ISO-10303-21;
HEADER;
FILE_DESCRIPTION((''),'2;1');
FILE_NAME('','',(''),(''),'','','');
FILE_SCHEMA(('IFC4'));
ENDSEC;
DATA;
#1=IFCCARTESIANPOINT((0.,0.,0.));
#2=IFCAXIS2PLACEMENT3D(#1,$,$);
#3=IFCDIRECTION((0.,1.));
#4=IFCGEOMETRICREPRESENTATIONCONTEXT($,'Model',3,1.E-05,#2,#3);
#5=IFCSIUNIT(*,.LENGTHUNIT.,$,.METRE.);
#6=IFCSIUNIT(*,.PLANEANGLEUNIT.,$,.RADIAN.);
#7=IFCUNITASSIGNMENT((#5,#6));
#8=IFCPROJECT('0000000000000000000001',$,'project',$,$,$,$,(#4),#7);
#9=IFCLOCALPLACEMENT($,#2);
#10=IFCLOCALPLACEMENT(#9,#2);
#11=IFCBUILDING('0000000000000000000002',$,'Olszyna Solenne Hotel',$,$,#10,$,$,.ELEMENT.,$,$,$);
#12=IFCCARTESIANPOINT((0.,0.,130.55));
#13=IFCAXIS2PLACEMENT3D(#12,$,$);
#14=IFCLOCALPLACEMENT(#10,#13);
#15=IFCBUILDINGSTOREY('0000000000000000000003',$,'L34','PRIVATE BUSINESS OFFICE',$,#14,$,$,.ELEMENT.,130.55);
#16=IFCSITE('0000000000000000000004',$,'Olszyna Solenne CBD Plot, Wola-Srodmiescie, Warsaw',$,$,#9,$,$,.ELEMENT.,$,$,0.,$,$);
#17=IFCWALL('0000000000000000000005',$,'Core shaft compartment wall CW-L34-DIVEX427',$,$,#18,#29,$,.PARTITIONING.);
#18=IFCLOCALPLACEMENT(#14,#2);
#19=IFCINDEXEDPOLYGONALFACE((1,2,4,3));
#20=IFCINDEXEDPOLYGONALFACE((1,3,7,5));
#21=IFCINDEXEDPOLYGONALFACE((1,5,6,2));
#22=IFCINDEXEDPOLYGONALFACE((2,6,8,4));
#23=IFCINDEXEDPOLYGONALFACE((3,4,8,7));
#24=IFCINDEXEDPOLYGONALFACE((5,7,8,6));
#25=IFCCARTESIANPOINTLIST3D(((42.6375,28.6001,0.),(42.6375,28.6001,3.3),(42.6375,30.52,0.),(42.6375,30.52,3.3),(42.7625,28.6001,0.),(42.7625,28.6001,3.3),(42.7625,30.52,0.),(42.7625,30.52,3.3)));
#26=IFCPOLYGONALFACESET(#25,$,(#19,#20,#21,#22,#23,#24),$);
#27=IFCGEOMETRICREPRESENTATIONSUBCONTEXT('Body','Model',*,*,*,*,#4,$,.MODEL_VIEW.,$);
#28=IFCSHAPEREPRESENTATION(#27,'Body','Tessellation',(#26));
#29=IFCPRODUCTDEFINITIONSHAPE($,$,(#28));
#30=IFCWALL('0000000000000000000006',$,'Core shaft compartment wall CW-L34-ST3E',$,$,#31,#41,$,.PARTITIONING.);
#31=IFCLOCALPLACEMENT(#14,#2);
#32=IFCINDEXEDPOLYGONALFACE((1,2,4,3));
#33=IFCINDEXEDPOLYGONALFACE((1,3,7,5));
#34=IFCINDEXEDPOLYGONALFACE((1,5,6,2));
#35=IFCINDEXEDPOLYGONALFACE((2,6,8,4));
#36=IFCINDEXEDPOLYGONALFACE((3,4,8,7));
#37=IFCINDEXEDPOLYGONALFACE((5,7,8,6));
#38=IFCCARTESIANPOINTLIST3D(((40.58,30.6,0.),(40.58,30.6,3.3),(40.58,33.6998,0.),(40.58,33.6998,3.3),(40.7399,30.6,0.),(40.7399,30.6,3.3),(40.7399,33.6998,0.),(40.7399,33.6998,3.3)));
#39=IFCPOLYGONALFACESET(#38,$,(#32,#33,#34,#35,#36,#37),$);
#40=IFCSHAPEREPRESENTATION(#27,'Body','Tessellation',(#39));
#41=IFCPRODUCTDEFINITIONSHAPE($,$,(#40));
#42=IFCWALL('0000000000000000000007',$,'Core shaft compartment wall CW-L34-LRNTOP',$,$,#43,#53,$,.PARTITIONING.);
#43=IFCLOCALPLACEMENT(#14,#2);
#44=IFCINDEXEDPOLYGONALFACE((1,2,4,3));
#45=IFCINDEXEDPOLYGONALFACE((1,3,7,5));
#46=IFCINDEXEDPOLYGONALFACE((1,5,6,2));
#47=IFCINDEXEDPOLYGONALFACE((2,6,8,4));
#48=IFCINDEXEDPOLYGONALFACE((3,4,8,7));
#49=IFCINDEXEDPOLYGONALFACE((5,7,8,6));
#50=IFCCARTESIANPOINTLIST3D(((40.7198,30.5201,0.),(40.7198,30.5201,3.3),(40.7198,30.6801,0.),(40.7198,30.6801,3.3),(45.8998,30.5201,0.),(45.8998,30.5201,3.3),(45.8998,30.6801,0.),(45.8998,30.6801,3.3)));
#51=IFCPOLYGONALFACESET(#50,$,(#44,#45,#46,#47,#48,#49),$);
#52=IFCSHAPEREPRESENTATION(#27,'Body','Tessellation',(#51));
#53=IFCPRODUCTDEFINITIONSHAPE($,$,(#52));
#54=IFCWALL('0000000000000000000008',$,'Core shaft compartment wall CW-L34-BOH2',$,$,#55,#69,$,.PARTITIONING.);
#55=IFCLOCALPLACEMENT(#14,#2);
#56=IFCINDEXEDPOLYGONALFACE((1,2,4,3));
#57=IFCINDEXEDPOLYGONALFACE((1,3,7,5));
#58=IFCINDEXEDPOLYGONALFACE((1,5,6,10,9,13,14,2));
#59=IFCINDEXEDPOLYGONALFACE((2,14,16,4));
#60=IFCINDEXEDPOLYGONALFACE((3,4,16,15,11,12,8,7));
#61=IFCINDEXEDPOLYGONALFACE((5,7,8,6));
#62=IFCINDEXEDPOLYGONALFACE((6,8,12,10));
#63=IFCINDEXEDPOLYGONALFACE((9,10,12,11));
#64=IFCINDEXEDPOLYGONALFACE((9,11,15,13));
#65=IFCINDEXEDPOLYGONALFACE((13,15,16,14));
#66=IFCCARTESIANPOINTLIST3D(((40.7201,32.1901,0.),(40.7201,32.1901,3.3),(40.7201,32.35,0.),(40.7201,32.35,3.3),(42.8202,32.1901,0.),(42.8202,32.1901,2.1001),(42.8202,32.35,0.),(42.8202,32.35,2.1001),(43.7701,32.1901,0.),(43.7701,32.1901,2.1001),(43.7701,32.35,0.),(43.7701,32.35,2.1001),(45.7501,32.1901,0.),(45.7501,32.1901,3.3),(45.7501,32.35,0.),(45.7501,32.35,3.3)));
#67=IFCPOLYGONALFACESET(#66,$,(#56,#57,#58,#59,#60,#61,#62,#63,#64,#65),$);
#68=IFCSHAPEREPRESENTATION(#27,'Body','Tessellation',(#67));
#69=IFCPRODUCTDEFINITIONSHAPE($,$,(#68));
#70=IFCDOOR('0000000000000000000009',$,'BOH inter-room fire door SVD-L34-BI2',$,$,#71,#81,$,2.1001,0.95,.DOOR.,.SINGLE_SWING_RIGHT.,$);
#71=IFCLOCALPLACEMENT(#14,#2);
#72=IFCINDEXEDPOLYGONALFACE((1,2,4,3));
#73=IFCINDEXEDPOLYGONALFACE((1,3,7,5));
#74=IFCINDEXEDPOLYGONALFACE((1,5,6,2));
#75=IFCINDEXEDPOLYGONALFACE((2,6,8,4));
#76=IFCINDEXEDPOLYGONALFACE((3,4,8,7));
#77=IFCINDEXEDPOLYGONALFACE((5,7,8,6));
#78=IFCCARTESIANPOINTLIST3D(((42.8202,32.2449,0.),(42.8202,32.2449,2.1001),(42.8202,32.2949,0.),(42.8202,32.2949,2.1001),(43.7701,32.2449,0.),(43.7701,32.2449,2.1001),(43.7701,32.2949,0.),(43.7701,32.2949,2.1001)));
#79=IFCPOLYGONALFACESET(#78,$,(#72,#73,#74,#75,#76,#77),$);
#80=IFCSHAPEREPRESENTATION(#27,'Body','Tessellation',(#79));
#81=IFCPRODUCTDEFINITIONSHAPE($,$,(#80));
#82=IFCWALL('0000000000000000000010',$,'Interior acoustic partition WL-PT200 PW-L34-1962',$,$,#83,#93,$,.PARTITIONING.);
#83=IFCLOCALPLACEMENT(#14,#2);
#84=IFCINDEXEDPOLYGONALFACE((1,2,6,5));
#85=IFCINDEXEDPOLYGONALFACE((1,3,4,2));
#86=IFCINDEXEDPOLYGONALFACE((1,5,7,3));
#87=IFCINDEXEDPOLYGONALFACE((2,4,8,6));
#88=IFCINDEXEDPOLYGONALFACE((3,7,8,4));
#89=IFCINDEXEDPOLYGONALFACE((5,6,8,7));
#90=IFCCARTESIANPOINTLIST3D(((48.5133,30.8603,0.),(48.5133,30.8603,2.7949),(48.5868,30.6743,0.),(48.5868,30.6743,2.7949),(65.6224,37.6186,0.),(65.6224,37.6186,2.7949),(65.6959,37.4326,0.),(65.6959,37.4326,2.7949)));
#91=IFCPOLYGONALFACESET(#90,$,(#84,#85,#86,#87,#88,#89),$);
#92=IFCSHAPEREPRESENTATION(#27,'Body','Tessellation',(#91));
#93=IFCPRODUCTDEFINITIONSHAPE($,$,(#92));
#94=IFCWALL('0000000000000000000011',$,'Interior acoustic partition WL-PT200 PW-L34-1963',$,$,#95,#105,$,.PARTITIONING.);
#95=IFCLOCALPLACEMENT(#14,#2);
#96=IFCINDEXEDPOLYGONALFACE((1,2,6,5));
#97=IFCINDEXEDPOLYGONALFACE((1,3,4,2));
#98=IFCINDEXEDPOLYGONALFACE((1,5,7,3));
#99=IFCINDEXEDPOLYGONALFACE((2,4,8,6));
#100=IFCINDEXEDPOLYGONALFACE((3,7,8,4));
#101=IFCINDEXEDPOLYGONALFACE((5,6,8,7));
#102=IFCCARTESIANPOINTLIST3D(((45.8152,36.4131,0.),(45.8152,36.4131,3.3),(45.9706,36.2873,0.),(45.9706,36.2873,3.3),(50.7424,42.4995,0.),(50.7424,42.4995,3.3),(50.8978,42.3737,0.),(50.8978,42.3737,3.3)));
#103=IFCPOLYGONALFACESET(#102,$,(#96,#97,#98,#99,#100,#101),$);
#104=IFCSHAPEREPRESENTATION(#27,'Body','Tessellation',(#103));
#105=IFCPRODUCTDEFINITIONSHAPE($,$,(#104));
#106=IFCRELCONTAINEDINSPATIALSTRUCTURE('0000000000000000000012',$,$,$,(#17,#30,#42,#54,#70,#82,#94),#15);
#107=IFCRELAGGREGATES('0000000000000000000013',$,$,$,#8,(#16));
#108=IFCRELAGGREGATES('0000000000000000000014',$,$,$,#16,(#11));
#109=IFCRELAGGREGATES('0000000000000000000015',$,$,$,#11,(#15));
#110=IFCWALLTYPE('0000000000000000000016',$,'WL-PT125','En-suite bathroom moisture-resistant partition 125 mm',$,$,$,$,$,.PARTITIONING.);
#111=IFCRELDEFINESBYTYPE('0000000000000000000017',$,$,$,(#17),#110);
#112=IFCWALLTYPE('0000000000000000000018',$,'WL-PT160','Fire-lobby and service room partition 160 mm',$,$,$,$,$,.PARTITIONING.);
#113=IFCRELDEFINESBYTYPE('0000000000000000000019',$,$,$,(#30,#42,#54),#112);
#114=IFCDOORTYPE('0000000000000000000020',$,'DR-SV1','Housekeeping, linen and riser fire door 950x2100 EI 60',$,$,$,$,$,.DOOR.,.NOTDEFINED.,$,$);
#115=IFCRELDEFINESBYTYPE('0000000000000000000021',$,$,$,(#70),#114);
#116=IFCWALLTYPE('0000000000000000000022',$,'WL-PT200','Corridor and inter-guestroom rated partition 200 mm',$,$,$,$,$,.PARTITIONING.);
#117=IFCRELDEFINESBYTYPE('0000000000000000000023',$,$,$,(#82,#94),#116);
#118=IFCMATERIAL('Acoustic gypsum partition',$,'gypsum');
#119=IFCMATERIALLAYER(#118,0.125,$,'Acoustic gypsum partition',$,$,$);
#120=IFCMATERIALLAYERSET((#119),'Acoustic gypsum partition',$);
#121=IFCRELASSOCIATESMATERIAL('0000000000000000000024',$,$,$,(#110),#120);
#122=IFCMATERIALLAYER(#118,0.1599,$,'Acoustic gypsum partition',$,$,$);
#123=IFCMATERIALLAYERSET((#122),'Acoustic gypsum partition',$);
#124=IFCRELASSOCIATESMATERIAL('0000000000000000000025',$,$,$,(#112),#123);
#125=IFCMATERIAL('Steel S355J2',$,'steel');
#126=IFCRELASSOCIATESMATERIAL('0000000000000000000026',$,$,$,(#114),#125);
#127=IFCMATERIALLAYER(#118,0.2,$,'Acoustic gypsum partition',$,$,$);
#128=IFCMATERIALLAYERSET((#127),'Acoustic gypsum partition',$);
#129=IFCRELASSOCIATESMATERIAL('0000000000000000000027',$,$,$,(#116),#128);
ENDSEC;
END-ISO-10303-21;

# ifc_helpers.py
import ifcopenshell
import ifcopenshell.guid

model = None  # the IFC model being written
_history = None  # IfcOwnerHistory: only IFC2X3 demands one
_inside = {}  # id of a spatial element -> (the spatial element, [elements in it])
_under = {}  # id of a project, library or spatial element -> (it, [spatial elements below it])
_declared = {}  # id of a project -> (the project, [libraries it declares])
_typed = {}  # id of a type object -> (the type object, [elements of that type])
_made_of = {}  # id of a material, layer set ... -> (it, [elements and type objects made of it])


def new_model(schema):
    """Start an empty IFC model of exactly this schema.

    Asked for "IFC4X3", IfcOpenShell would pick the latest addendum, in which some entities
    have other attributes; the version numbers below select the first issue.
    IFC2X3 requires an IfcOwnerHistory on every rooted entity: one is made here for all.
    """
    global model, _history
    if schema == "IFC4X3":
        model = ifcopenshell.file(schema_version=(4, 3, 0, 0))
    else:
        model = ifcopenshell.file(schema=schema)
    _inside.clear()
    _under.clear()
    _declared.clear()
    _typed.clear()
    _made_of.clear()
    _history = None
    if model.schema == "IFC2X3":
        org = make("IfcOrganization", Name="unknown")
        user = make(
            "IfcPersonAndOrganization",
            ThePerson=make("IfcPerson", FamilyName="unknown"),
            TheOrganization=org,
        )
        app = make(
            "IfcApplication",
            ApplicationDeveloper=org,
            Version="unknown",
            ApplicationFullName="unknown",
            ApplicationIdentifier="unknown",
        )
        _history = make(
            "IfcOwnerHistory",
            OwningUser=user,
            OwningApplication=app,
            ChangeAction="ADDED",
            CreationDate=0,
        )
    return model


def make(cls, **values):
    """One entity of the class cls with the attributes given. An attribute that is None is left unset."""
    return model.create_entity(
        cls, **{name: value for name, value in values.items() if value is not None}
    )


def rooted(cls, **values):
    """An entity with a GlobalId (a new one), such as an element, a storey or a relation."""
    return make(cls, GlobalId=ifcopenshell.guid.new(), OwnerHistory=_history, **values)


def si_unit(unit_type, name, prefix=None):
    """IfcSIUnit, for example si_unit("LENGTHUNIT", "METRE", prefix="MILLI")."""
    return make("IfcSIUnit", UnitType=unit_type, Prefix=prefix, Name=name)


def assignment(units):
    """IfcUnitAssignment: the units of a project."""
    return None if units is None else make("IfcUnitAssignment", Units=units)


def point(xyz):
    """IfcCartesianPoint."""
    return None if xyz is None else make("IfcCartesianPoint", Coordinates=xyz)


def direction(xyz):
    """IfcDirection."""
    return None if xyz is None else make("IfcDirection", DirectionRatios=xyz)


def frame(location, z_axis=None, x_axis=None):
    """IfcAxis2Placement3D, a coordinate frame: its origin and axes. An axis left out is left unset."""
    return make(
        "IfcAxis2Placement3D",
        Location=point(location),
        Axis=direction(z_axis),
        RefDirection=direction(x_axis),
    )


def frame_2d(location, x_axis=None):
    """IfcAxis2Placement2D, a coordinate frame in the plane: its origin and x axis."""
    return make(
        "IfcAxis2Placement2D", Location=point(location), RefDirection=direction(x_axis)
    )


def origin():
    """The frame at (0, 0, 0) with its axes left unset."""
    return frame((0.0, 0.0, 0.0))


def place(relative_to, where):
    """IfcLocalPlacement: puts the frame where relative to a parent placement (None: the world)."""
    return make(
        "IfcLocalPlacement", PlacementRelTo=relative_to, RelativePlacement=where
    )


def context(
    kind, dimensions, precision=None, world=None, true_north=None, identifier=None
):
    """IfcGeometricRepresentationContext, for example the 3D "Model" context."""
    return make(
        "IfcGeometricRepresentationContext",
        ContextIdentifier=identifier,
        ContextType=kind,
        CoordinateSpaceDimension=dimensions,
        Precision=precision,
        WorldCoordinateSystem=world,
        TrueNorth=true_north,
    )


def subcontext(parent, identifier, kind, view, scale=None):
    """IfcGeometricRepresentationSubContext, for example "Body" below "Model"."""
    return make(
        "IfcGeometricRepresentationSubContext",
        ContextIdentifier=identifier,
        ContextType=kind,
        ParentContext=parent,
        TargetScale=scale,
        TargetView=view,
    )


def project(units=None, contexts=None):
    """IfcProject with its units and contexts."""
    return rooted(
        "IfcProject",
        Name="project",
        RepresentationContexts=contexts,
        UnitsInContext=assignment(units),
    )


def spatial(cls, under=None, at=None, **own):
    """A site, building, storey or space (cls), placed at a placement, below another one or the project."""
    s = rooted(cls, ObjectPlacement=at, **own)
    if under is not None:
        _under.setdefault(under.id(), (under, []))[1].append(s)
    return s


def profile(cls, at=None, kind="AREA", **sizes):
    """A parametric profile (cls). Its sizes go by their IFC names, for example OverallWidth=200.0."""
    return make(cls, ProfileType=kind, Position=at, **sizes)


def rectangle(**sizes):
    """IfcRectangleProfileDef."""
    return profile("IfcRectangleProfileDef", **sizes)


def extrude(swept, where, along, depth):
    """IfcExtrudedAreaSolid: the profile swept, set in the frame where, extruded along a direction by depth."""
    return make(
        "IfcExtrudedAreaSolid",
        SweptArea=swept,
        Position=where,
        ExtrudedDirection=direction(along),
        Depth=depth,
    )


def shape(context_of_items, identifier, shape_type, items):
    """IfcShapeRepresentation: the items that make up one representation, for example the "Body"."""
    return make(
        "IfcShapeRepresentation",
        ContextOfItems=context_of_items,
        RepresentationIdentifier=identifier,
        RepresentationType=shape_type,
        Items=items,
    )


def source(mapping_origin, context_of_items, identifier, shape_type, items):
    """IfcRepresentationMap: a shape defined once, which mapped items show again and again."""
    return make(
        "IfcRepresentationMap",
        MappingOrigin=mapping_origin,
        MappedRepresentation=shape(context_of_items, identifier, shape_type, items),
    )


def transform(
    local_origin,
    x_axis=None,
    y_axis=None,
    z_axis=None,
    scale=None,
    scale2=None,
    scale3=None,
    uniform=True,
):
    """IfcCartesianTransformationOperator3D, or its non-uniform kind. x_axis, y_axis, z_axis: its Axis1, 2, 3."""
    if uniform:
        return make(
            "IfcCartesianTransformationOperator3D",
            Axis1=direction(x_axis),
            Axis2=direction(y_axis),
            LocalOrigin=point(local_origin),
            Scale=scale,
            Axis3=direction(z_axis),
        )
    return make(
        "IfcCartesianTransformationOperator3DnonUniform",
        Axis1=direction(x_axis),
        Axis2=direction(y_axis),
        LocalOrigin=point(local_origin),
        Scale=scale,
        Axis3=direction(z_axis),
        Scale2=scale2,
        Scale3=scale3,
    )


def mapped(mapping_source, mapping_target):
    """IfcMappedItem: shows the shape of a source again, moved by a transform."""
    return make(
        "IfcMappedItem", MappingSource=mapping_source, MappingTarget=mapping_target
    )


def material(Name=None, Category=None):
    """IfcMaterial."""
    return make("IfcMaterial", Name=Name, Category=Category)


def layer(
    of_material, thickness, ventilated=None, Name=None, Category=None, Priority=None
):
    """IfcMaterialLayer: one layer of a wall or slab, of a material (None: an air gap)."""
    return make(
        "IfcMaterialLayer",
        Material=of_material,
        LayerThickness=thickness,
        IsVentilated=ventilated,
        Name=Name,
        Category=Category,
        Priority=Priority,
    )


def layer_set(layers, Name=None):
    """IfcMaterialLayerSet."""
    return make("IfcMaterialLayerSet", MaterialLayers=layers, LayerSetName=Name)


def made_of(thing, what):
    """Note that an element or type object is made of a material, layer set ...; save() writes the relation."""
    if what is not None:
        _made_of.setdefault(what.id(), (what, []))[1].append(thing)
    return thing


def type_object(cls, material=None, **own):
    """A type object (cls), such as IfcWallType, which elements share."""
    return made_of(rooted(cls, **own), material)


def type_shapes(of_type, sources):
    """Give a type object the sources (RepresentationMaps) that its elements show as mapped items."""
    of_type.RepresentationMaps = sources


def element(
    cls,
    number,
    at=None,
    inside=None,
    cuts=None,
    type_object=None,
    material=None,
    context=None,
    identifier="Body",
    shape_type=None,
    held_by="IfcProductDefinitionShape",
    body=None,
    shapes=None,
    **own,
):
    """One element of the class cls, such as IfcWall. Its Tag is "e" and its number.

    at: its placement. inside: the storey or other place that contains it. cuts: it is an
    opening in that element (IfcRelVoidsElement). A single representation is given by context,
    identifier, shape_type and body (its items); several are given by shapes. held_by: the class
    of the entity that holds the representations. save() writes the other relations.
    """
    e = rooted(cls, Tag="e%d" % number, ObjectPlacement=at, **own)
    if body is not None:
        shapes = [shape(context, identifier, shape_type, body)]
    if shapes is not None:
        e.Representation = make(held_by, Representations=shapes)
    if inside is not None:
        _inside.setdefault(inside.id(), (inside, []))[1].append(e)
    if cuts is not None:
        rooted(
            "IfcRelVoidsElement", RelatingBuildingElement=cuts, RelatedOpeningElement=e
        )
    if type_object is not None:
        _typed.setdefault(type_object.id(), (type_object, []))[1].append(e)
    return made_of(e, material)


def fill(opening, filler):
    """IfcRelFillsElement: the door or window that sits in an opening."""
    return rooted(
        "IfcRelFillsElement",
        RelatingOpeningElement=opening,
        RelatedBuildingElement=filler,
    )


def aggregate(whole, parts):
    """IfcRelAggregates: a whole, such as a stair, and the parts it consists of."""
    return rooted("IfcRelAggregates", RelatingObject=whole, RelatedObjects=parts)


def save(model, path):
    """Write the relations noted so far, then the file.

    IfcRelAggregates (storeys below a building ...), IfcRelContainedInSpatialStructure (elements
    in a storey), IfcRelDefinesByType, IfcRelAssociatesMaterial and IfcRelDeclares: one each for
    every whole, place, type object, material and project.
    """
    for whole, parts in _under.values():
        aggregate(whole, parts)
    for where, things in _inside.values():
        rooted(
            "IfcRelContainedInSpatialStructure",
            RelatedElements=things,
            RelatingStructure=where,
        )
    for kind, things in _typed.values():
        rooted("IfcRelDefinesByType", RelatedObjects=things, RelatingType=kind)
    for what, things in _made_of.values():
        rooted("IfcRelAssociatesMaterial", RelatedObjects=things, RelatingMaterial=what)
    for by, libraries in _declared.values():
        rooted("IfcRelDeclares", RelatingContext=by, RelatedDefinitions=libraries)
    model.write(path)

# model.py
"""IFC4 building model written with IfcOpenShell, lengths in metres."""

from ifc_helpers import new_model, si_unit, direction, frame, frame_2d, origin, place, context, subcontext, project, spatial, rectangle, extrude, source, transform, mapped, material, layer, layer_set, type_object, type_shapes, element, fill, save


model = new_model("IFC4")

# Units and contexts
model_context = context("Model", 3, precision=1e-05, world=origin(), true_north=direction((0.0, 1.0)))
body_context = subcontext(model_context, "Body", "Model", "MODEL_VIEW")
ifc_project = project(units=[si_unit("LENGTHUNIT", "METRE"), si_unit("PLANEANGLEUNIT", "RADIAN")], contexts=[model_context])

# Site, building, storey
site_placement = place(None, origin())
site = spatial("IfcSite", under=ifc_project, at=site_placement, Name="Olszyna Solenne CBD Plot, Wola-Srodmiescie, Warsaw", CompositionType="ELEMENT", RefElevation=0.0)
building_placement = place(site_placement, origin())
building = spatial("IfcBuilding", under=site, at=building_placement, Name="Olszyna Solenne Hotel", CompositionType="ELEMENT")
storey_placement = place(building_placement, frame((0.0, 0.0, 130.55)))
storey = spatial("IfcBuildingStorey", under=building, at=storey_placement, Name="L34", Description="PRIVATE BUSINESS OFFICE", CompositionType="ELEMENT", Elevation=130.55)

# Shared definitions
ifc_material_1 = material(Name="Steel S355J2", Category="steel")

# Walls
ifc_material_2 = material(Name="Acoustic gypsum partition", Category="gypsum")
ifc_layer_1 = layer(ifc_material_2, 0.125, Name="Acoustic gypsum partition")
ifc_layer_set_1 = layer_set([ifc_layer_1], Name="Acoustic gypsum partition")
wall_type_1 = type_object("IfcWallType", Name="WL-PT125", Description="En-suite bathroom moisture-resistant partition 125 mm", PredefinedType="PARTITIONING", material=ifc_layer_set_1)
wall_1_placement = place(storey_placement, frame((42.7, 28.6001, 0.0), z_axis=(0.0, 0.0, 1.0), x_axis=(0.0, 1.0, 0.0)))
element("IfcWall", 1, at=wall_1_placement, inside=storey, type_object=wall_type_1, Name="Core shaft compartment wall CW-L34-DIVEX427", PredefinedType="PARTITIONING", context=body_context, shape_type="SweptSolid", body=[
    extrude(rectangle(XDim=1.9199, YDim=0.125, at=frame_2d((0.96, 0.0))), origin(), (0.0, 0.0, 1.0), 3.3),
])
ifc_layer_2 = layer(ifc_material_2, 0.1599, Name="Acoustic gypsum partition")
ifc_layer_set_2 = layer_set([ifc_layer_2], Name="Acoustic gypsum partition")
wall_type_2 = type_object("IfcWallType", Name="WL-PT160", Description="Fire-lobby and service room partition 160 mm", PredefinedType="PARTITIONING", material=ifc_layer_set_2)
wall_2_placement = place(storey_placement, frame((40.6599, 30.6001, 0.0), z_axis=(0.0, 0.0, 1.0), x_axis=(0.0, 1.0, 0.0)))
element("IfcWall", 2, at=wall_2_placement, inside=storey, type_object=wall_type_2, Name="Core shaft compartment wall CW-L34-ST3E", PredefinedType="PARTITIONING", context=body_context, shape_type="SweptSolid", body=[
    extrude(rectangle(XDim=3.0999, YDim=0.1599, at=frame_2d((1.5498, 0.0))), origin(), (0.0, 0.0, 1.0), 3.3),
])
wall_3_placement = place(storey_placement, frame((40.72, 30.6001, 0.0), z_axis=(0.0, 0.0, 1.0), x_axis=(1.0, 0.0, 0.0)))
element("IfcWall", 3, at=wall_3_placement, inside=storey, type_object=wall_type_2, Name="Core shaft compartment wall CW-L34-LRNTOP", PredefinedType="PARTITIONING", context=body_context, shape_type="SweptSolid", body=[
    extrude(rectangle(XDim=5.1799, YDim=0.1599, at=frame_2d((2.5898, 0.0))), origin(), (0.0, 0.0, 1.0), 3.3),
])

# Wall, opening, door
wall_4_placement = place(storey_placement, frame((40.72, 32.27, 0.0), z_axis=(0.0, 0.0, 1.0), x_axis=(1.0, 0.0, 0.0)))
wall_4 = element("IfcWall", 4, at=wall_4_placement, inside=storey, type_object=wall_type_2, Name="Core shaft compartment wall CW-L34-BOH2", PredefinedType="PARTITIONING", context=body_context, shape_type="SweptSolid", body=[
    extrude(rectangle(XDim=5.03, YDim=0.1599, at=frame_2d((2.5151, 0.0))), origin(), (0.0, 0.0, 1.0), 3.3),
])
opening_1_placement = place(wall_4_placement, frame((2.1001, 0.0, 0.0)))
opening_1 = element("IfcOpeningElement", 5, at=opening_1_placement, cuts=wall_4, PredefinedType="OPENING", context=body_context, shape_type="SweptSolid", body=[
    extrude(rectangle(XDim=0.95, YDim=2.1001, at=frame_2d((0.4751, 1.05))), frame((0.0, 0.0898, 0.0), z_axis=(0.0, -1.0, 0.0), x_axis=(1.0, 0.0, 0.0)), (0.0, 0.0, 1.0), 0.1799),
])
door_type_1 = type_object("IfcDoorType", Name="DR-SV1", Description="Housekeeping, linen and riser fire door 950x2100 EI 60", OperationType="NOTDEFINED", PredefinedType="DOOR", material=ifc_material_1)
shared_shape_1 = source(origin(), body_context, "Body", "SweptSolid", [
    extrude(rectangle(XDim=0.95, YDim=2.1001, at=frame_2d((0.4751, 1.05))), frame((0.0, 0.0249, 0.0), z_axis=(0.0, -1.0, 0.0), x_axis=(1.0, 0.0, 0.0)), (0.0, 0.0, 1.0), 0.05),
])
type_shapes(door_type_1, [shared_shape_1])
door_1_placement = place(opening_1_placement, origin())
door_1 = element("IfcDoor", 6, at=door_1_placement, inside=storey, type_object=door_type_1, Name="BOH inter-room fire door SVD-L34-BI2", OperationType="SINGLE_SWING_RIGHT", OverallHeight=2.1001, OverallWidth=0.95, PredefinedType="DOOR", context=body_context, shape_type="MappedRepresentation", body=[
    mapped(shared_shape_1, transform((0.0, 0.0, 0.0), x_axis=(1.0, 0.0, 0.0), y_axis=(0.0, 1.0, 0.0), z_axis=(0.0, 0.0, 1.0), scale=1.0)),
])
fill(opening_1, door_1)

# Walls
ifc_layer_3 = layer(ifc_material_2, 0.2, Name="Acoustic gypsum partition")
ifc_layer_set_3 = layer_set([ifc_layer_3], Name="Acoustic gypsum partition")
wall_type_3 = type_object("IfcWallType", Name="WL-PT200", Description="Corridor and inter-guestroom rated partition 200 mm", PredefinedType="PARTITIONING", material=ifc_layer_set_3)
wall_5_placement = place(storey_placement, frame((48.55, 30.7673, 0.0), z_axis=(0.0, 0.0, 1.0), x_axis=(0.930068, 0.367387, 0.0)))
element("IfcWall", 7, at=wall_5_placement, inside=storey, type_object=wall_type_3, Name="Interior acoustic partition WL-PT200 PW-L34-1962", PredefinedType="PARTITIONING", context=body_context, shape_type="SweptSolid", body=[
    extrude(rectangle(XDim=18.3955, YDim=0.2, at=frame_2d((9.1978, 0.0))), origin(), (0.0, 0.0, 1.0), 2.7949),
])
wall_6_placement = place(storey_placement, frame((45.8928, 36.3501, 0.0), z_axis=(0.0, 0.0, 1.0), x_axis=(0.629209, 0.777236, 0.0)))
element("IfcWall", 8, at=wall_6_placement, inside=storey, type_object=wall_type_3, Name="Interior acoustic partition WL-PT200 PW-L34-1963", PredefinedType="PARTITIONING", context=body_context, shape_type="SweptSolid", body=[
    extrude(rectangle(XDim=7.8308, YDim=0.2, at=frame_2d((3.9155, 0.0))), origin(), (0.0, 0.0, 1.0), 3.3),
])

save(model, "model.ifc")
